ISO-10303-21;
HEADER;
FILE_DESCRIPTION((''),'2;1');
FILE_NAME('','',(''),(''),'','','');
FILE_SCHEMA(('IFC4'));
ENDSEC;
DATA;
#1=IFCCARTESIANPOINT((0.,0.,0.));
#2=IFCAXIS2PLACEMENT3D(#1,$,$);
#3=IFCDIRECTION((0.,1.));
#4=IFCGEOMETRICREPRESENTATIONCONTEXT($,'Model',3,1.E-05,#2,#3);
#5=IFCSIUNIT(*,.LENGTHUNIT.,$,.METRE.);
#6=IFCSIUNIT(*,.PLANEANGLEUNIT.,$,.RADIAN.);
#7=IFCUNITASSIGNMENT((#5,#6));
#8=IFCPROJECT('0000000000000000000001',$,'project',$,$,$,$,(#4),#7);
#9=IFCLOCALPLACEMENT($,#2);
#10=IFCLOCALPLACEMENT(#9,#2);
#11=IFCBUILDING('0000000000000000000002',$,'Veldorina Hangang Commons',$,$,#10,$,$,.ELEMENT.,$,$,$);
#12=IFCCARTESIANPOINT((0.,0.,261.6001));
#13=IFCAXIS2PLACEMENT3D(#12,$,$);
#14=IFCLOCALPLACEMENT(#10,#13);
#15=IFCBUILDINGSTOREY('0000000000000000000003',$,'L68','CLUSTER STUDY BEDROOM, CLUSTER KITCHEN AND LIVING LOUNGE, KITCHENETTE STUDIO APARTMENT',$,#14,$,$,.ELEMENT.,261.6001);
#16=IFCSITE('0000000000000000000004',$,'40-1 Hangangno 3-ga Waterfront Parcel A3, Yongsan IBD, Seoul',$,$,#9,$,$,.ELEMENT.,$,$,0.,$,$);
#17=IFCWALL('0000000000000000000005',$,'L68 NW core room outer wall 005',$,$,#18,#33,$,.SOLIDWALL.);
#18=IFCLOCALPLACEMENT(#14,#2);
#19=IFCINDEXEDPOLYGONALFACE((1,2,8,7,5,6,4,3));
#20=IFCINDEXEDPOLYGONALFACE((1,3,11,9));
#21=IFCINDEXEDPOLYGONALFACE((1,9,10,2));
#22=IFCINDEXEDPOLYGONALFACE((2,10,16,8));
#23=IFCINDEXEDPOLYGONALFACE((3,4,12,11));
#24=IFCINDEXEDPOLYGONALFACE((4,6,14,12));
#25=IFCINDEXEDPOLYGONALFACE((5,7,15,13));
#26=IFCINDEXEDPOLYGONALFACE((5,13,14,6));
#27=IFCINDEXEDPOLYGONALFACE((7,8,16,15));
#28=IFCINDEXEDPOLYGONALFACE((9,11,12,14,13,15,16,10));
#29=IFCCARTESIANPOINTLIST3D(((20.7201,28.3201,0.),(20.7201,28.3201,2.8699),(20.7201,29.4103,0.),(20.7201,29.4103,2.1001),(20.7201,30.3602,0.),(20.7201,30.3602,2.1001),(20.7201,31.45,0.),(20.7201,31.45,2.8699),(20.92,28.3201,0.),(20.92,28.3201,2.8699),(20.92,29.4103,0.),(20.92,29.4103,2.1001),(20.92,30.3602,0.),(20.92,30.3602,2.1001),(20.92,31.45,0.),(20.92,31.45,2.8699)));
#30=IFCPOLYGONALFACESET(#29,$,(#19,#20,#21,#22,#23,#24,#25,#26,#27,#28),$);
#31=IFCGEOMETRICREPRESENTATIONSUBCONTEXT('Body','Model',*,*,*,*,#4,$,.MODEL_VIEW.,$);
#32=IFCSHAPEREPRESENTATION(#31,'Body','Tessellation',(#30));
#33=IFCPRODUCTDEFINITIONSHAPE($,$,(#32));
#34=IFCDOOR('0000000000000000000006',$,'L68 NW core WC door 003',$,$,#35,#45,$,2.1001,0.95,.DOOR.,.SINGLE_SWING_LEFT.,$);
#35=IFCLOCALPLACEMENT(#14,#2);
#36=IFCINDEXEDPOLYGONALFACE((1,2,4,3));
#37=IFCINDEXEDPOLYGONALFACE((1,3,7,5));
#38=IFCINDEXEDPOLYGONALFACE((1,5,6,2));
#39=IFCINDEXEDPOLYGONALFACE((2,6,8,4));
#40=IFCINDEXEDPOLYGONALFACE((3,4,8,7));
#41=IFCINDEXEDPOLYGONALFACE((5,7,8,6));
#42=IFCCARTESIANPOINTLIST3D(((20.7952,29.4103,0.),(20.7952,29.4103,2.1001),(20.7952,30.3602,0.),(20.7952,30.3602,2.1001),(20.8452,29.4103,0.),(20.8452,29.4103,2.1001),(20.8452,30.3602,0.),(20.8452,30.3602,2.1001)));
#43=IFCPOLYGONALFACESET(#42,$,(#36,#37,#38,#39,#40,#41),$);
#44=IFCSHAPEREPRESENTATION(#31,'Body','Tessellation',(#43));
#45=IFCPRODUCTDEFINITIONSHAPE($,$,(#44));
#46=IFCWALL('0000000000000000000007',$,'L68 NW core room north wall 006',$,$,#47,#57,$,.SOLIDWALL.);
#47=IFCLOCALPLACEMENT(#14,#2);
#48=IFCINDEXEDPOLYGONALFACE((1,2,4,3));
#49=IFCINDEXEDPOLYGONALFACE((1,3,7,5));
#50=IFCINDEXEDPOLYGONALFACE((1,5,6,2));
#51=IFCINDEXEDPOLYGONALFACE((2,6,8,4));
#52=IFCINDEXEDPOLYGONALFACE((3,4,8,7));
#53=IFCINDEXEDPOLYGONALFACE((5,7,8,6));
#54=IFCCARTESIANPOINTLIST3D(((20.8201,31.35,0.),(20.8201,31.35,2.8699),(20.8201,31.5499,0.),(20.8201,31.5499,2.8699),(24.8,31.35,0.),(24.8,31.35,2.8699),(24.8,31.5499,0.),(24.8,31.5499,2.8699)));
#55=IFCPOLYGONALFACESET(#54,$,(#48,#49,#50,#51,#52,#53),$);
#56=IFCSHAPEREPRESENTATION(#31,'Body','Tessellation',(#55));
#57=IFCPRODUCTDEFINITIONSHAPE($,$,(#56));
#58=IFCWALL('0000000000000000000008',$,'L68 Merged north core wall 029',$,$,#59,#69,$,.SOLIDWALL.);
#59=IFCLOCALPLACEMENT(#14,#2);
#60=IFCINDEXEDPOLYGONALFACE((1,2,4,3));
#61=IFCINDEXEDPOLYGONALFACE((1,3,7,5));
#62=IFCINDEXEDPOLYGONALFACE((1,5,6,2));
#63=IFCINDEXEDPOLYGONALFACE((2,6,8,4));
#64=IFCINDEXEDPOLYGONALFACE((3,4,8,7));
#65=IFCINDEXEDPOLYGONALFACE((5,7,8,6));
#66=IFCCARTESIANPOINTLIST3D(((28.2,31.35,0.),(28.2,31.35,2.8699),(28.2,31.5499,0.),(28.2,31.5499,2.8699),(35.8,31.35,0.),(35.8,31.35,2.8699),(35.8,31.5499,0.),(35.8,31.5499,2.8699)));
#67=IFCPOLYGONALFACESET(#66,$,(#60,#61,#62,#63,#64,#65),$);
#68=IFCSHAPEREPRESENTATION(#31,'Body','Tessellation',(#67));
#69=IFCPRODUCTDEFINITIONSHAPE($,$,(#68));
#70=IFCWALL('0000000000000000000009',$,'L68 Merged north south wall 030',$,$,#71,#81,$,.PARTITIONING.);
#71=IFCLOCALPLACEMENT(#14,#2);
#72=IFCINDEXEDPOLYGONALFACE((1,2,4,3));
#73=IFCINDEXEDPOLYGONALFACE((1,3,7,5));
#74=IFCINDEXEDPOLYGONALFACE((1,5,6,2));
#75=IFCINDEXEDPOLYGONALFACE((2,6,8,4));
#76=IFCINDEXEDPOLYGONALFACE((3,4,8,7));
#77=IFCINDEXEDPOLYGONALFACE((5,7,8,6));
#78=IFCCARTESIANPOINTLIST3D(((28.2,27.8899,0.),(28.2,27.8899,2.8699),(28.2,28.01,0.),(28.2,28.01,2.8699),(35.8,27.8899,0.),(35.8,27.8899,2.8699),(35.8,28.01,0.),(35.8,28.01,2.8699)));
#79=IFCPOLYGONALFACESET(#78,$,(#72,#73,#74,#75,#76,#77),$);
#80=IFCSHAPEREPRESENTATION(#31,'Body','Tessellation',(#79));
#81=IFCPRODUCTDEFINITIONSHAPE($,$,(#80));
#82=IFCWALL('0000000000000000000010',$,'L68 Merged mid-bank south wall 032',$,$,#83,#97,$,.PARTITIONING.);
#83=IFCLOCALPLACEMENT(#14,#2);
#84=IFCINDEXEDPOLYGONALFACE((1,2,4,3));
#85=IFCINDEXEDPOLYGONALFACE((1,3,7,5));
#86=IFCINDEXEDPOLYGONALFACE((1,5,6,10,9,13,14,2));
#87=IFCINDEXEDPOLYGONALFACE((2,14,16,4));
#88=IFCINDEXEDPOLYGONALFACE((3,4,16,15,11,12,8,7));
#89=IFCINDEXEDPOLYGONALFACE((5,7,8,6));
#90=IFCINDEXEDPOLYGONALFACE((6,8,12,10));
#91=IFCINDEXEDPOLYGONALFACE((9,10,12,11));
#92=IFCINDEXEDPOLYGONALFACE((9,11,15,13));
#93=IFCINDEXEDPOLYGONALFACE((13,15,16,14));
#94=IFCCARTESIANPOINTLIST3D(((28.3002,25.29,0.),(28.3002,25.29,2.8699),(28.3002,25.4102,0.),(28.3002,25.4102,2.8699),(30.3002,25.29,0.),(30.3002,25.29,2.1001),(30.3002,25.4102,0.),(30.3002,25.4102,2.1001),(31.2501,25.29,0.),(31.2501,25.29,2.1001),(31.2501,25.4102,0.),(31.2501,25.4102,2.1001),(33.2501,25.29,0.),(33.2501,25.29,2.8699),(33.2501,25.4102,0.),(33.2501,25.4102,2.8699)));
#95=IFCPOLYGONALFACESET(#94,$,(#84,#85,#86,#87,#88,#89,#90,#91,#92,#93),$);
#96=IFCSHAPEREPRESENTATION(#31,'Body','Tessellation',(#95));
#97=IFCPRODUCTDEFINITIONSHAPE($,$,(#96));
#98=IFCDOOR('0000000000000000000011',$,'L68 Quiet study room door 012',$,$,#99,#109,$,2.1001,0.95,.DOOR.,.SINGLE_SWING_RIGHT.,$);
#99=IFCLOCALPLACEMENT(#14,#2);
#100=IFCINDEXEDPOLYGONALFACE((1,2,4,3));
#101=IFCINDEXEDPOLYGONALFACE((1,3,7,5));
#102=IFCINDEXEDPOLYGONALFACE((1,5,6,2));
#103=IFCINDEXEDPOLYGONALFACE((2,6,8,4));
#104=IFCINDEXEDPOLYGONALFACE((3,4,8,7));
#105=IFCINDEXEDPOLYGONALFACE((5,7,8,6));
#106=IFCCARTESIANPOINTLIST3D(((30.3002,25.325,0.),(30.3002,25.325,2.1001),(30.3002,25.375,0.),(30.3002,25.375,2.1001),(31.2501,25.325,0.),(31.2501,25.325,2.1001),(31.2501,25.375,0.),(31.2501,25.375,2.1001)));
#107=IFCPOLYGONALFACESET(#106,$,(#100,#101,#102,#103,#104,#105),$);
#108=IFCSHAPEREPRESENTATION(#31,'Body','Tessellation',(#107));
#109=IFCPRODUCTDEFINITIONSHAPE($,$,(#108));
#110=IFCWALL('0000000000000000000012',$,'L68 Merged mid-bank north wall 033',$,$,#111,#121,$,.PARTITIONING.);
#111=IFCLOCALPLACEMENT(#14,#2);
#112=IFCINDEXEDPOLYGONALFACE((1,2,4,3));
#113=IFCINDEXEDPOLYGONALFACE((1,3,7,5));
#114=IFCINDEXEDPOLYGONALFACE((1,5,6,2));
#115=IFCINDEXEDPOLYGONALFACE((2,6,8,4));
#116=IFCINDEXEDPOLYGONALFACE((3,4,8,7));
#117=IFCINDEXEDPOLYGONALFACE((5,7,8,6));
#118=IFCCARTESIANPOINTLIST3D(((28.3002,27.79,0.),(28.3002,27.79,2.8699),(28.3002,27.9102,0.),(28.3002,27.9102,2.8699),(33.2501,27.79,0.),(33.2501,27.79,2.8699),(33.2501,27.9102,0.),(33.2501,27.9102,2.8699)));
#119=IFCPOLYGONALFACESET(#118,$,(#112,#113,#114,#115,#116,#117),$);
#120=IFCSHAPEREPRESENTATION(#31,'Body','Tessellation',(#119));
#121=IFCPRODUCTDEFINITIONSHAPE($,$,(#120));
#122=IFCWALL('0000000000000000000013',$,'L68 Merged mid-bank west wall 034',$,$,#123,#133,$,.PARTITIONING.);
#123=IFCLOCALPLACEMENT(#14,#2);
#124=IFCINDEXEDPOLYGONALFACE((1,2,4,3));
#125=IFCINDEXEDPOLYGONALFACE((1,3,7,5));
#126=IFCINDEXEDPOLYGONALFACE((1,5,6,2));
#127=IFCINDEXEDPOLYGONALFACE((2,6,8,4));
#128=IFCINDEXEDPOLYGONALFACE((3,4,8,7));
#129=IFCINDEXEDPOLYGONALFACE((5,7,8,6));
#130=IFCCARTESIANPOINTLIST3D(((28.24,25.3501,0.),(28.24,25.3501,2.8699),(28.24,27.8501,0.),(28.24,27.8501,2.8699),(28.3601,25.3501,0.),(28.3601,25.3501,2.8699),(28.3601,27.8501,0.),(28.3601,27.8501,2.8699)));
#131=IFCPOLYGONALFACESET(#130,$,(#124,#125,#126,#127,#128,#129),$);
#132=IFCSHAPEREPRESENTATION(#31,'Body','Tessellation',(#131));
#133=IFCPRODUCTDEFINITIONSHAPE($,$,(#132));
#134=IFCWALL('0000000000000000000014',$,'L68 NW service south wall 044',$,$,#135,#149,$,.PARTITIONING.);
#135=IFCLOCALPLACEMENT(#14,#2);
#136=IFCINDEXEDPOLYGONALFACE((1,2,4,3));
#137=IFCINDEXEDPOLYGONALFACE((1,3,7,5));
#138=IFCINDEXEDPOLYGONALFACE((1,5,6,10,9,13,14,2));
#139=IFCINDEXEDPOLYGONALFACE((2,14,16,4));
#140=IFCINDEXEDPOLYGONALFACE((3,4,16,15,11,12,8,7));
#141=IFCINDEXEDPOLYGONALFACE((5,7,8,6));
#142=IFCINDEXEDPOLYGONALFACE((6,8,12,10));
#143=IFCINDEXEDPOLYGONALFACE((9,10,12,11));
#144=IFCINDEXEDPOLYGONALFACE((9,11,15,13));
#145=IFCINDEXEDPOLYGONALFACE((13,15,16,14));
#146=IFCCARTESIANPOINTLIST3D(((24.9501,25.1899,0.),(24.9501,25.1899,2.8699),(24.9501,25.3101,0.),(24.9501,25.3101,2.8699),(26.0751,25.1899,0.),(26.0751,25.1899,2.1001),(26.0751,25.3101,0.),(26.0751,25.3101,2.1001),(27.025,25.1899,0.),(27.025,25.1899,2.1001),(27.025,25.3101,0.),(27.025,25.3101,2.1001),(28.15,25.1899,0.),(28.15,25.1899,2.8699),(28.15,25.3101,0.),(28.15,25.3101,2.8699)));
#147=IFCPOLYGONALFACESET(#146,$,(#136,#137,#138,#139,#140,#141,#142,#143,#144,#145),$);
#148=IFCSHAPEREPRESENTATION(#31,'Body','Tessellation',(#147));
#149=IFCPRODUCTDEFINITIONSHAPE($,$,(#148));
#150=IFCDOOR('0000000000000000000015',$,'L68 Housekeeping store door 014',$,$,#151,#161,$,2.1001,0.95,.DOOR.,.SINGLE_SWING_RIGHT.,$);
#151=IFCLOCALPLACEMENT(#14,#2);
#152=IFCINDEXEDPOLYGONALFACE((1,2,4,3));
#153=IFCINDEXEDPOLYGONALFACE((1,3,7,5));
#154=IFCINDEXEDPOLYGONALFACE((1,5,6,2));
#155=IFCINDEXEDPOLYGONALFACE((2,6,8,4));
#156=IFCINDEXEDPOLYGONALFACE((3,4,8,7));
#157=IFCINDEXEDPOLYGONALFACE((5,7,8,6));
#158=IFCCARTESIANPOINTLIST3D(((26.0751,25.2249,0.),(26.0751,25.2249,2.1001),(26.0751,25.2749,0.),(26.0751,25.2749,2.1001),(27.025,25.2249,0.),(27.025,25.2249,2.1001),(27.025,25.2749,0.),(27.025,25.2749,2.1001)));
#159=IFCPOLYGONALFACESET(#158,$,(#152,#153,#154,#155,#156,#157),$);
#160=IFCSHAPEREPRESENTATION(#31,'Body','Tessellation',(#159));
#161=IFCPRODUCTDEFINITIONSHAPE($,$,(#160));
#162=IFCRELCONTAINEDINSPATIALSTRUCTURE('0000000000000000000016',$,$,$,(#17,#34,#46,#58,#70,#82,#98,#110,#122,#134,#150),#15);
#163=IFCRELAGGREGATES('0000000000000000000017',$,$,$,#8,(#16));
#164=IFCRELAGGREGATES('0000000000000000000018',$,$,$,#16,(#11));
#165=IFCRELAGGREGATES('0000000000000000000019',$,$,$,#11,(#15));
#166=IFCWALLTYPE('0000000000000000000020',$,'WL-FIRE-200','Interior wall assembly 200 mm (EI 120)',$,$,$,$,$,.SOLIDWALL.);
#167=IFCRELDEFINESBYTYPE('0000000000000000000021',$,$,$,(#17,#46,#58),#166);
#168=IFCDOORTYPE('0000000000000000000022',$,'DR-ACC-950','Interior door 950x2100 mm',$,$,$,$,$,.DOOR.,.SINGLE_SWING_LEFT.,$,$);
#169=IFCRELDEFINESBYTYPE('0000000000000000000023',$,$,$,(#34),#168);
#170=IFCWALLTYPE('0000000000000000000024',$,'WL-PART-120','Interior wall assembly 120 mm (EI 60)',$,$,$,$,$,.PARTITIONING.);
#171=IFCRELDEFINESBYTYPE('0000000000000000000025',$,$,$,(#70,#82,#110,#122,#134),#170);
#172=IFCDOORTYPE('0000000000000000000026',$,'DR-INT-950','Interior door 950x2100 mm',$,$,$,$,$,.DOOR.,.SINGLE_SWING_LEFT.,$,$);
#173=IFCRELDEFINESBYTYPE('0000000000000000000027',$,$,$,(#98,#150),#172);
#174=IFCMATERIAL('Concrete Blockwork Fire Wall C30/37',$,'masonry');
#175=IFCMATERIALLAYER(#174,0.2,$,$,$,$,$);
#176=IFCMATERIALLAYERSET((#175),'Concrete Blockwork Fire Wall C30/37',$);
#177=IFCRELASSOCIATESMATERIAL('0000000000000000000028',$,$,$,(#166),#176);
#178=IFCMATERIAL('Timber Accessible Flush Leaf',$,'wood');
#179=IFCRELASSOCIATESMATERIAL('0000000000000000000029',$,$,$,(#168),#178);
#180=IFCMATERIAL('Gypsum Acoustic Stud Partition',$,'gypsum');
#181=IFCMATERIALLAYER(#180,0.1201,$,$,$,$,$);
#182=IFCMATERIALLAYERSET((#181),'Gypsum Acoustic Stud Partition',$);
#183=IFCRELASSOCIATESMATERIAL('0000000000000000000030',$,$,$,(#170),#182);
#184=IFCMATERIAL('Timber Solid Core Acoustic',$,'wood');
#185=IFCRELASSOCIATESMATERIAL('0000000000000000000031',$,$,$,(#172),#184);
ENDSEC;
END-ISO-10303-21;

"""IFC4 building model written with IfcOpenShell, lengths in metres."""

from ifc_helpers import new_model, si_unit, direction, frame, frame_2d, origin, place, context, subcontext, project, spatial, rectangle, extrude, material, layer, layer_set, type_object, element, fill, save


model = new_model("IFC4")

# Units and contexts
model_context = context("Model", 3, precision=1e-05, world=origin(), true_north=direction((0.0, 1.0)))
body_context = subcontext(model_context, "Body", "Model", "MODEL_VIEW")
ifc_project = project(units=[si_unit("LENGTHUNIT", "METRE"), si_unit("PLANEANGLEUNIT", "RADIAN")], contexts=[model_context])

# Site, building, storey
site_placement = place(None, origin())
site = spatial("IfcSite", under=ifc_project, at=site_placement, Name="40-1 Hangangno 3-ga Waterfront Parcel A3, Yongsan IBD, Seoul", CompositionType="ELEMENT", RefElevation=0.0)
building_placement = place(site_placement, origin())
building = spatial("IfcBuilding", under=site, at=building_placement, Name="Veldorina Hangang Commons", CompositionType="ELEMENT")
storey_placement = place(building_placement, frame((0.0, 0.0, 261.6001)))
storey = spatial("IfcBuildingStorey", under=building, at=storey_placement, Name="L68", Description="CLUSTER STUDY BEDROOM, CLUSTER KITCHEN AND LIVING LOUNGE, KITCHENETTE STUDIO APARTMENT", CompositionType="ELEMENT", Elevation=261.6001)

# Wall, opening, door
ifc_material_1 = material(Name="Concrete Blockwork Fire Wall C30/37", Category="masonry")
ifc_layer_1 = layer(ifc_material_1, 0.2)
ifc_layer_set_1 = layer_set([ifc_layer_1], Name="Concrete Blockwork Fire Wall C30/37")
wall_type_1 = type_object("IfcWallType", Name="WL-FIRE-200", Description="Interior wall assembly 200 mm (EI 120)", PredefinedType="SOLIDWALL", material=ifc_layer_set_1)
wall_1_placement = place(storey_placement, frame((20.8201, 28.3201, 0.0), z_axis=(0.0, 0.0, 1.0), x_axis=(0.0, 1.0, 0.0)))
wall_1 = element("IfcWall", 1, at=wall_1_placement, inside=storey, type_object=wall_type_1, Name="L68 NW core room outer wall 005", PredefinedType="SOLIDWALL", context=body_context, shape_type="SweptSolid", body=[
    extrude(rectangle(XDim=3.1299, YDim=0.2, at=frame_2d((1.5649, 0.0))), origin(), (0.0, 0.0, 1.0), 2.8699),
])
opening_1_placement = place(wall_1_placement, frame((1.0901, 0.0, 0.0)))
opening_1 = element("IfcOpeningElement", 2, at=opening_1_placement, cuts=wall_1, PredefinedType="OPENING", context=body_context, shape_type="SweptSolid", body=[
    extrude(rectangle(XDim=0.95, YDim=2.1001, at=frame_2d((0.4751, 1.05))), frame((0.0, 0.1099, 0.0), z_axis=(0.0, -1.0, 0.0), x_axis=(1.0, 0.0, 0.0)), (0.0, 0.0, 1.0), 0.22),
])
ifc_material_2 = material(Name="Timber Accessible Flush Leaf", Category="wood")
door_type_1 = type_object("IfcDoorType", Name="DR-ACC-950", Description="Interior door 950x2100 mm", OperationType="SINGLE_SWING_LEFT", PredefinedType="DOOR", material=ifc_material_2)
door_1_placement = place(opening_1_placement, origin())
door_1 = element("IfcDoor", 3, at=door_1_placement, inside=storey, type_object=door_type_1, Name="L68 NW core WC door 003", OperationType="SINGLE_SWING_LEFT", OverallHeight=2.1001, OverallWidth=0.95, PredefinedType="DOOR", context=body_context, shape_type="SweptSolid", body=[
    extrude(rectangle(XDim=0.95, YDim=2.1001, at=frame_2d((0.4751, 1.05))), frame((0.0, 0.0249, 0.0), z_axis=(0.0, -1.0, 0.0), x_axis=(1.0, 0.0, 0.0)), (0.0, 0.0, 1.0), 0.05),
])
fill(opening_1, door_1)

# Walls
wall_2_placement = place(storey_placement, frame((20.8201, 31.45, 0.0), z_axis=(0.0, 0.0, 1.0), x_axis=(1.0, 0.0, 0.0)))
element("IfcWall", 4, at=wall_2_placement, inside=storey, type_object=wall_type_1, Name="L68 NW core room north wall 006", PredefinedType="SOLIDWALL", context=body_context, shape_type="SweptSolid", body=[
    extrude(rectangle(XDim=3.98, YDim=0.2, at=frame_2d((1.99, 0.0))), origin(), (0.0, 0.0, 1.0), 2.8699),
])
wall_3_placement = place(storey_placement, frame((28.2, 31.45, 0.0), z_axis=(0.0, 0.0, 1.0), x_axis=(1.0, 0.0, 0.0)))
element("IfcWall", 5, at=wall_3_placement, inside=storey, type_object=wall_type_1, Name="L68 Merged north core wall 029", PredefinedType="SOLIDWALL", context=body_context, shape_type="SweptSolid", body=[
    extrude(rectangle(XDim=7.6001, YDim=0.2, at=frame_2d((3.8, 0.0))), origin(), (0.0, 0.0, 1.0), 2.8699),
])
ifc_material_3 = material(Name="Gypsum Acoustic Stud Partition", Category="gypsum")
ifc_layer_2 = layer(ifc_material_3, 0.1201)
ifc_layer_set_2 = layer_set([ifc_layer_2], Name="Gypsum Acoustic Stud Partition")
wall_type_2 = type_object("IfcWallType", Name="WL-PART-120", Description="Interior wall assembly 120 mm (EI 60)", PredefinedType="PARTITIONING", material=ifc_layer_set_2)
wall_4_placement = place(storey_placement, frame((28.2, 27.95, 0.0), z_axis=(0.0, 0.0, 1.0), x_axis=(1.0, 0.0, 0.0)))
element("IfcWall", 6, at=wall_4_placement, inside=storey, type_object=wall_type_2, Name="L68 Merged north south wall 030", PredefinedType="PARTITIONING", context=body_context, shape_type="SweptSolid", body=[
    extrude(rectangle(XDim=7.6001, YDim=0.1201, at=frame_2d((3.8, 0.0))), origin(), (0.0, 0.0, 1.0), 2.8699),
])

# Wall, opening, door
wall_5_placement = place(storey_placement, frame((28.3, 25.3501, 0.0), z_axis=(0.0, 0.0, 1.0), x_axis=(1.0, 0.0, 0.0)))
wall_5 = element("IfcWall", 7, at=wall_5_placement, inside=storey, type_object=wall_type_2, Name="L68 Merged mid-bank south wall 032", PredefinedType="PARTITIONING", context=body_context, shape_type="SweptSolid", body=[
    extrude(rectangle(XDim=4.95, YDim=0.1201, at=frame_2d((2.4751, 0.0))), origin(), (0.0, 0.0, 1.0), 2.8699),
])
opening_2_placement = place(wall_5_placement, frame((2.0, 0.0, 0.0)))
opening_2 = element("IfcOpeningElement", 8, at=opening_2_placement, cuts=wall_5, PredefinedType="OPENING", context=body_context, shape_type="SweptSolid", body=[
    extrude(rectangle(XDim=0.95, YDim=2.1001, at=frame_2d((0.4751, 1.05))), frame((0.0, 0.0701, 0.0), z_axis=(0.0, -1.0, 0.0), x_axis=(1.0, 0.0, 0.0)), (0.0, 0.0, 1.0), 0.1401),
])
ifc_material_4 = material(Name="Timber Solid Core Acoustic", Category="wood")
door_type_2 = type_object("IfcDoorType", Name="DR-INT-950", Description="Interior door 950x2100 mm", OperationType="SINGLE_SWING_LEFT", PredefinedType="DOOR", material=ifc_material_4)
door_2_placement = place(opening_2_placement, origin())
door_2 = element("IfcDoor", 9, at=door_2_placement, inside=storey, type_object=door_type_2, Name="L68 Quiet study room door 012", OperationType="SINGLE_SWING_RIGHT", OverallHeight=2.1001, OverallWidth=0.95, PredefinedType="DOOR", context=body_context, shape_type="SweptSolid", body=[
    extrude(rectangle(XDim=0.95, YDim=2.1001, at=frame_2d((0.4751, 1.05))), frame((0.0, 0.0249, 0.0), z_axis=(0.0, -1.0, 0.0), x_axis=(1.0, 0.0, 0.0)), (0.0, 0.0, 1.0), 0.05),
])
fill(opening_2, door_2)

# Walls
wall_6_placement = place(storey_placement, frame((28.3, 27.8501, 0.0), z_axis=(0.0, 0.0, 1.0), x_axis=(1.0, 0.0, 0.0)))
element("IfcWall", 10, at=wall_6_placement, inside=storey, type_object=wall_type_2, Name="L68 Merged mid-bank north wall 033", PredefinedType="PARTITIONING", context=body_context, shape_type="SweptSolid", body=[
    extrude(rectangle(XDim=4.95, YDim=0.1201, at=frame_2d((2.4751, 0.0))), origin(), (0.0, 0.0, 1.0), 2.8699),
])
wall_7_placement = place(storey_placement, frame((28.3, 25.3501, 0.0), z_axis=(0.0, 0.0, 1.0), x_axis=(0.0, 1.0, 0.0)))
element("IfcWall", 11, at=wall_7_placement, inside=storey, type_object=wall_type_2, Name="L68 Merged mid-bank west wall 034", PredefinedType="PARTITIONING", context=body_context, shape_type="SweptSolid", body=[
    extrude(rectangle(XDim=2.5, YDim=0.1201, at=frame_2d((1.25, 0.0))), origin(), (0.0, 0.0, 1.0), 2.8699),
])

# Wall, opening, door
wall_8_placement = place(storey_placement, frame((24.95, 25.25, 0.0), z_axis=(0.0, 0.0, 1.0), x_axis=(1.0, 0.0, 0.0)))
wall_8 = element("IfcWall", 12, at=wall_8_placement, inside=storey, type_object=wall_type_2, Name="L68 NW service south wall 044", PredefinedType="PARTITIONING", context=body_context, shape_type="SweptSolid", body=[
    extrude(rectangle(XDim=3.2, YDim=0.1201, at=frame_2d((1.6001, 0.0))), origin(), (0.0, 0.0, 1.0), 2.8699),
])
opening_3_placement = place(wall_8_placement, frame((1.125, 0.0, 0.0)))
opening_3 = element("IfcOpeningElement", 13, at=opening_3_placement, cuts=wall_8, PredefinedType="OPENING", context=body_context, shape_type="SweptSolid", body=[
    extrude(rectangle(XDim=0.95, YDim=2.1001, at=frame_2d((0.4751, 1.05))), frame((0.0, 0.0701, 0.0), z_axis=(0.0, -1.0, 0.0), x_axis=(1.0, 0.0, 0.0)), (0.0, 0.0, 1.0), 0.1401),
])
door_3_placement = place(opening_3_placement, origin())
door_3 = element("IfcDoor", 14, at=door_3_placement, inside=storey, type_object=door_type_2, Name="L68 Housekeeping store door 014", OperationType="SINGLE_SWING_RIGHT", OverallHeight=2.1001, OverallWidth=0.95, PredefinedType="DOOR", context=body_context, shape_type="SweptSolid", body=[
    extrude(rectangle(XDim=0.95, YDim=2.1001, at=frame_2d((0.4751, 1.05))), frame((0.0, 0.0249, 0.0), z_axis=(0.0, -1.0, 0.0), x_axis=(1.0, 0.0, 0.0)), (0.0, 0.0, 1.0), 0.05),
])
fill(opening_3, door_3)

save(model, "model.ifc")
